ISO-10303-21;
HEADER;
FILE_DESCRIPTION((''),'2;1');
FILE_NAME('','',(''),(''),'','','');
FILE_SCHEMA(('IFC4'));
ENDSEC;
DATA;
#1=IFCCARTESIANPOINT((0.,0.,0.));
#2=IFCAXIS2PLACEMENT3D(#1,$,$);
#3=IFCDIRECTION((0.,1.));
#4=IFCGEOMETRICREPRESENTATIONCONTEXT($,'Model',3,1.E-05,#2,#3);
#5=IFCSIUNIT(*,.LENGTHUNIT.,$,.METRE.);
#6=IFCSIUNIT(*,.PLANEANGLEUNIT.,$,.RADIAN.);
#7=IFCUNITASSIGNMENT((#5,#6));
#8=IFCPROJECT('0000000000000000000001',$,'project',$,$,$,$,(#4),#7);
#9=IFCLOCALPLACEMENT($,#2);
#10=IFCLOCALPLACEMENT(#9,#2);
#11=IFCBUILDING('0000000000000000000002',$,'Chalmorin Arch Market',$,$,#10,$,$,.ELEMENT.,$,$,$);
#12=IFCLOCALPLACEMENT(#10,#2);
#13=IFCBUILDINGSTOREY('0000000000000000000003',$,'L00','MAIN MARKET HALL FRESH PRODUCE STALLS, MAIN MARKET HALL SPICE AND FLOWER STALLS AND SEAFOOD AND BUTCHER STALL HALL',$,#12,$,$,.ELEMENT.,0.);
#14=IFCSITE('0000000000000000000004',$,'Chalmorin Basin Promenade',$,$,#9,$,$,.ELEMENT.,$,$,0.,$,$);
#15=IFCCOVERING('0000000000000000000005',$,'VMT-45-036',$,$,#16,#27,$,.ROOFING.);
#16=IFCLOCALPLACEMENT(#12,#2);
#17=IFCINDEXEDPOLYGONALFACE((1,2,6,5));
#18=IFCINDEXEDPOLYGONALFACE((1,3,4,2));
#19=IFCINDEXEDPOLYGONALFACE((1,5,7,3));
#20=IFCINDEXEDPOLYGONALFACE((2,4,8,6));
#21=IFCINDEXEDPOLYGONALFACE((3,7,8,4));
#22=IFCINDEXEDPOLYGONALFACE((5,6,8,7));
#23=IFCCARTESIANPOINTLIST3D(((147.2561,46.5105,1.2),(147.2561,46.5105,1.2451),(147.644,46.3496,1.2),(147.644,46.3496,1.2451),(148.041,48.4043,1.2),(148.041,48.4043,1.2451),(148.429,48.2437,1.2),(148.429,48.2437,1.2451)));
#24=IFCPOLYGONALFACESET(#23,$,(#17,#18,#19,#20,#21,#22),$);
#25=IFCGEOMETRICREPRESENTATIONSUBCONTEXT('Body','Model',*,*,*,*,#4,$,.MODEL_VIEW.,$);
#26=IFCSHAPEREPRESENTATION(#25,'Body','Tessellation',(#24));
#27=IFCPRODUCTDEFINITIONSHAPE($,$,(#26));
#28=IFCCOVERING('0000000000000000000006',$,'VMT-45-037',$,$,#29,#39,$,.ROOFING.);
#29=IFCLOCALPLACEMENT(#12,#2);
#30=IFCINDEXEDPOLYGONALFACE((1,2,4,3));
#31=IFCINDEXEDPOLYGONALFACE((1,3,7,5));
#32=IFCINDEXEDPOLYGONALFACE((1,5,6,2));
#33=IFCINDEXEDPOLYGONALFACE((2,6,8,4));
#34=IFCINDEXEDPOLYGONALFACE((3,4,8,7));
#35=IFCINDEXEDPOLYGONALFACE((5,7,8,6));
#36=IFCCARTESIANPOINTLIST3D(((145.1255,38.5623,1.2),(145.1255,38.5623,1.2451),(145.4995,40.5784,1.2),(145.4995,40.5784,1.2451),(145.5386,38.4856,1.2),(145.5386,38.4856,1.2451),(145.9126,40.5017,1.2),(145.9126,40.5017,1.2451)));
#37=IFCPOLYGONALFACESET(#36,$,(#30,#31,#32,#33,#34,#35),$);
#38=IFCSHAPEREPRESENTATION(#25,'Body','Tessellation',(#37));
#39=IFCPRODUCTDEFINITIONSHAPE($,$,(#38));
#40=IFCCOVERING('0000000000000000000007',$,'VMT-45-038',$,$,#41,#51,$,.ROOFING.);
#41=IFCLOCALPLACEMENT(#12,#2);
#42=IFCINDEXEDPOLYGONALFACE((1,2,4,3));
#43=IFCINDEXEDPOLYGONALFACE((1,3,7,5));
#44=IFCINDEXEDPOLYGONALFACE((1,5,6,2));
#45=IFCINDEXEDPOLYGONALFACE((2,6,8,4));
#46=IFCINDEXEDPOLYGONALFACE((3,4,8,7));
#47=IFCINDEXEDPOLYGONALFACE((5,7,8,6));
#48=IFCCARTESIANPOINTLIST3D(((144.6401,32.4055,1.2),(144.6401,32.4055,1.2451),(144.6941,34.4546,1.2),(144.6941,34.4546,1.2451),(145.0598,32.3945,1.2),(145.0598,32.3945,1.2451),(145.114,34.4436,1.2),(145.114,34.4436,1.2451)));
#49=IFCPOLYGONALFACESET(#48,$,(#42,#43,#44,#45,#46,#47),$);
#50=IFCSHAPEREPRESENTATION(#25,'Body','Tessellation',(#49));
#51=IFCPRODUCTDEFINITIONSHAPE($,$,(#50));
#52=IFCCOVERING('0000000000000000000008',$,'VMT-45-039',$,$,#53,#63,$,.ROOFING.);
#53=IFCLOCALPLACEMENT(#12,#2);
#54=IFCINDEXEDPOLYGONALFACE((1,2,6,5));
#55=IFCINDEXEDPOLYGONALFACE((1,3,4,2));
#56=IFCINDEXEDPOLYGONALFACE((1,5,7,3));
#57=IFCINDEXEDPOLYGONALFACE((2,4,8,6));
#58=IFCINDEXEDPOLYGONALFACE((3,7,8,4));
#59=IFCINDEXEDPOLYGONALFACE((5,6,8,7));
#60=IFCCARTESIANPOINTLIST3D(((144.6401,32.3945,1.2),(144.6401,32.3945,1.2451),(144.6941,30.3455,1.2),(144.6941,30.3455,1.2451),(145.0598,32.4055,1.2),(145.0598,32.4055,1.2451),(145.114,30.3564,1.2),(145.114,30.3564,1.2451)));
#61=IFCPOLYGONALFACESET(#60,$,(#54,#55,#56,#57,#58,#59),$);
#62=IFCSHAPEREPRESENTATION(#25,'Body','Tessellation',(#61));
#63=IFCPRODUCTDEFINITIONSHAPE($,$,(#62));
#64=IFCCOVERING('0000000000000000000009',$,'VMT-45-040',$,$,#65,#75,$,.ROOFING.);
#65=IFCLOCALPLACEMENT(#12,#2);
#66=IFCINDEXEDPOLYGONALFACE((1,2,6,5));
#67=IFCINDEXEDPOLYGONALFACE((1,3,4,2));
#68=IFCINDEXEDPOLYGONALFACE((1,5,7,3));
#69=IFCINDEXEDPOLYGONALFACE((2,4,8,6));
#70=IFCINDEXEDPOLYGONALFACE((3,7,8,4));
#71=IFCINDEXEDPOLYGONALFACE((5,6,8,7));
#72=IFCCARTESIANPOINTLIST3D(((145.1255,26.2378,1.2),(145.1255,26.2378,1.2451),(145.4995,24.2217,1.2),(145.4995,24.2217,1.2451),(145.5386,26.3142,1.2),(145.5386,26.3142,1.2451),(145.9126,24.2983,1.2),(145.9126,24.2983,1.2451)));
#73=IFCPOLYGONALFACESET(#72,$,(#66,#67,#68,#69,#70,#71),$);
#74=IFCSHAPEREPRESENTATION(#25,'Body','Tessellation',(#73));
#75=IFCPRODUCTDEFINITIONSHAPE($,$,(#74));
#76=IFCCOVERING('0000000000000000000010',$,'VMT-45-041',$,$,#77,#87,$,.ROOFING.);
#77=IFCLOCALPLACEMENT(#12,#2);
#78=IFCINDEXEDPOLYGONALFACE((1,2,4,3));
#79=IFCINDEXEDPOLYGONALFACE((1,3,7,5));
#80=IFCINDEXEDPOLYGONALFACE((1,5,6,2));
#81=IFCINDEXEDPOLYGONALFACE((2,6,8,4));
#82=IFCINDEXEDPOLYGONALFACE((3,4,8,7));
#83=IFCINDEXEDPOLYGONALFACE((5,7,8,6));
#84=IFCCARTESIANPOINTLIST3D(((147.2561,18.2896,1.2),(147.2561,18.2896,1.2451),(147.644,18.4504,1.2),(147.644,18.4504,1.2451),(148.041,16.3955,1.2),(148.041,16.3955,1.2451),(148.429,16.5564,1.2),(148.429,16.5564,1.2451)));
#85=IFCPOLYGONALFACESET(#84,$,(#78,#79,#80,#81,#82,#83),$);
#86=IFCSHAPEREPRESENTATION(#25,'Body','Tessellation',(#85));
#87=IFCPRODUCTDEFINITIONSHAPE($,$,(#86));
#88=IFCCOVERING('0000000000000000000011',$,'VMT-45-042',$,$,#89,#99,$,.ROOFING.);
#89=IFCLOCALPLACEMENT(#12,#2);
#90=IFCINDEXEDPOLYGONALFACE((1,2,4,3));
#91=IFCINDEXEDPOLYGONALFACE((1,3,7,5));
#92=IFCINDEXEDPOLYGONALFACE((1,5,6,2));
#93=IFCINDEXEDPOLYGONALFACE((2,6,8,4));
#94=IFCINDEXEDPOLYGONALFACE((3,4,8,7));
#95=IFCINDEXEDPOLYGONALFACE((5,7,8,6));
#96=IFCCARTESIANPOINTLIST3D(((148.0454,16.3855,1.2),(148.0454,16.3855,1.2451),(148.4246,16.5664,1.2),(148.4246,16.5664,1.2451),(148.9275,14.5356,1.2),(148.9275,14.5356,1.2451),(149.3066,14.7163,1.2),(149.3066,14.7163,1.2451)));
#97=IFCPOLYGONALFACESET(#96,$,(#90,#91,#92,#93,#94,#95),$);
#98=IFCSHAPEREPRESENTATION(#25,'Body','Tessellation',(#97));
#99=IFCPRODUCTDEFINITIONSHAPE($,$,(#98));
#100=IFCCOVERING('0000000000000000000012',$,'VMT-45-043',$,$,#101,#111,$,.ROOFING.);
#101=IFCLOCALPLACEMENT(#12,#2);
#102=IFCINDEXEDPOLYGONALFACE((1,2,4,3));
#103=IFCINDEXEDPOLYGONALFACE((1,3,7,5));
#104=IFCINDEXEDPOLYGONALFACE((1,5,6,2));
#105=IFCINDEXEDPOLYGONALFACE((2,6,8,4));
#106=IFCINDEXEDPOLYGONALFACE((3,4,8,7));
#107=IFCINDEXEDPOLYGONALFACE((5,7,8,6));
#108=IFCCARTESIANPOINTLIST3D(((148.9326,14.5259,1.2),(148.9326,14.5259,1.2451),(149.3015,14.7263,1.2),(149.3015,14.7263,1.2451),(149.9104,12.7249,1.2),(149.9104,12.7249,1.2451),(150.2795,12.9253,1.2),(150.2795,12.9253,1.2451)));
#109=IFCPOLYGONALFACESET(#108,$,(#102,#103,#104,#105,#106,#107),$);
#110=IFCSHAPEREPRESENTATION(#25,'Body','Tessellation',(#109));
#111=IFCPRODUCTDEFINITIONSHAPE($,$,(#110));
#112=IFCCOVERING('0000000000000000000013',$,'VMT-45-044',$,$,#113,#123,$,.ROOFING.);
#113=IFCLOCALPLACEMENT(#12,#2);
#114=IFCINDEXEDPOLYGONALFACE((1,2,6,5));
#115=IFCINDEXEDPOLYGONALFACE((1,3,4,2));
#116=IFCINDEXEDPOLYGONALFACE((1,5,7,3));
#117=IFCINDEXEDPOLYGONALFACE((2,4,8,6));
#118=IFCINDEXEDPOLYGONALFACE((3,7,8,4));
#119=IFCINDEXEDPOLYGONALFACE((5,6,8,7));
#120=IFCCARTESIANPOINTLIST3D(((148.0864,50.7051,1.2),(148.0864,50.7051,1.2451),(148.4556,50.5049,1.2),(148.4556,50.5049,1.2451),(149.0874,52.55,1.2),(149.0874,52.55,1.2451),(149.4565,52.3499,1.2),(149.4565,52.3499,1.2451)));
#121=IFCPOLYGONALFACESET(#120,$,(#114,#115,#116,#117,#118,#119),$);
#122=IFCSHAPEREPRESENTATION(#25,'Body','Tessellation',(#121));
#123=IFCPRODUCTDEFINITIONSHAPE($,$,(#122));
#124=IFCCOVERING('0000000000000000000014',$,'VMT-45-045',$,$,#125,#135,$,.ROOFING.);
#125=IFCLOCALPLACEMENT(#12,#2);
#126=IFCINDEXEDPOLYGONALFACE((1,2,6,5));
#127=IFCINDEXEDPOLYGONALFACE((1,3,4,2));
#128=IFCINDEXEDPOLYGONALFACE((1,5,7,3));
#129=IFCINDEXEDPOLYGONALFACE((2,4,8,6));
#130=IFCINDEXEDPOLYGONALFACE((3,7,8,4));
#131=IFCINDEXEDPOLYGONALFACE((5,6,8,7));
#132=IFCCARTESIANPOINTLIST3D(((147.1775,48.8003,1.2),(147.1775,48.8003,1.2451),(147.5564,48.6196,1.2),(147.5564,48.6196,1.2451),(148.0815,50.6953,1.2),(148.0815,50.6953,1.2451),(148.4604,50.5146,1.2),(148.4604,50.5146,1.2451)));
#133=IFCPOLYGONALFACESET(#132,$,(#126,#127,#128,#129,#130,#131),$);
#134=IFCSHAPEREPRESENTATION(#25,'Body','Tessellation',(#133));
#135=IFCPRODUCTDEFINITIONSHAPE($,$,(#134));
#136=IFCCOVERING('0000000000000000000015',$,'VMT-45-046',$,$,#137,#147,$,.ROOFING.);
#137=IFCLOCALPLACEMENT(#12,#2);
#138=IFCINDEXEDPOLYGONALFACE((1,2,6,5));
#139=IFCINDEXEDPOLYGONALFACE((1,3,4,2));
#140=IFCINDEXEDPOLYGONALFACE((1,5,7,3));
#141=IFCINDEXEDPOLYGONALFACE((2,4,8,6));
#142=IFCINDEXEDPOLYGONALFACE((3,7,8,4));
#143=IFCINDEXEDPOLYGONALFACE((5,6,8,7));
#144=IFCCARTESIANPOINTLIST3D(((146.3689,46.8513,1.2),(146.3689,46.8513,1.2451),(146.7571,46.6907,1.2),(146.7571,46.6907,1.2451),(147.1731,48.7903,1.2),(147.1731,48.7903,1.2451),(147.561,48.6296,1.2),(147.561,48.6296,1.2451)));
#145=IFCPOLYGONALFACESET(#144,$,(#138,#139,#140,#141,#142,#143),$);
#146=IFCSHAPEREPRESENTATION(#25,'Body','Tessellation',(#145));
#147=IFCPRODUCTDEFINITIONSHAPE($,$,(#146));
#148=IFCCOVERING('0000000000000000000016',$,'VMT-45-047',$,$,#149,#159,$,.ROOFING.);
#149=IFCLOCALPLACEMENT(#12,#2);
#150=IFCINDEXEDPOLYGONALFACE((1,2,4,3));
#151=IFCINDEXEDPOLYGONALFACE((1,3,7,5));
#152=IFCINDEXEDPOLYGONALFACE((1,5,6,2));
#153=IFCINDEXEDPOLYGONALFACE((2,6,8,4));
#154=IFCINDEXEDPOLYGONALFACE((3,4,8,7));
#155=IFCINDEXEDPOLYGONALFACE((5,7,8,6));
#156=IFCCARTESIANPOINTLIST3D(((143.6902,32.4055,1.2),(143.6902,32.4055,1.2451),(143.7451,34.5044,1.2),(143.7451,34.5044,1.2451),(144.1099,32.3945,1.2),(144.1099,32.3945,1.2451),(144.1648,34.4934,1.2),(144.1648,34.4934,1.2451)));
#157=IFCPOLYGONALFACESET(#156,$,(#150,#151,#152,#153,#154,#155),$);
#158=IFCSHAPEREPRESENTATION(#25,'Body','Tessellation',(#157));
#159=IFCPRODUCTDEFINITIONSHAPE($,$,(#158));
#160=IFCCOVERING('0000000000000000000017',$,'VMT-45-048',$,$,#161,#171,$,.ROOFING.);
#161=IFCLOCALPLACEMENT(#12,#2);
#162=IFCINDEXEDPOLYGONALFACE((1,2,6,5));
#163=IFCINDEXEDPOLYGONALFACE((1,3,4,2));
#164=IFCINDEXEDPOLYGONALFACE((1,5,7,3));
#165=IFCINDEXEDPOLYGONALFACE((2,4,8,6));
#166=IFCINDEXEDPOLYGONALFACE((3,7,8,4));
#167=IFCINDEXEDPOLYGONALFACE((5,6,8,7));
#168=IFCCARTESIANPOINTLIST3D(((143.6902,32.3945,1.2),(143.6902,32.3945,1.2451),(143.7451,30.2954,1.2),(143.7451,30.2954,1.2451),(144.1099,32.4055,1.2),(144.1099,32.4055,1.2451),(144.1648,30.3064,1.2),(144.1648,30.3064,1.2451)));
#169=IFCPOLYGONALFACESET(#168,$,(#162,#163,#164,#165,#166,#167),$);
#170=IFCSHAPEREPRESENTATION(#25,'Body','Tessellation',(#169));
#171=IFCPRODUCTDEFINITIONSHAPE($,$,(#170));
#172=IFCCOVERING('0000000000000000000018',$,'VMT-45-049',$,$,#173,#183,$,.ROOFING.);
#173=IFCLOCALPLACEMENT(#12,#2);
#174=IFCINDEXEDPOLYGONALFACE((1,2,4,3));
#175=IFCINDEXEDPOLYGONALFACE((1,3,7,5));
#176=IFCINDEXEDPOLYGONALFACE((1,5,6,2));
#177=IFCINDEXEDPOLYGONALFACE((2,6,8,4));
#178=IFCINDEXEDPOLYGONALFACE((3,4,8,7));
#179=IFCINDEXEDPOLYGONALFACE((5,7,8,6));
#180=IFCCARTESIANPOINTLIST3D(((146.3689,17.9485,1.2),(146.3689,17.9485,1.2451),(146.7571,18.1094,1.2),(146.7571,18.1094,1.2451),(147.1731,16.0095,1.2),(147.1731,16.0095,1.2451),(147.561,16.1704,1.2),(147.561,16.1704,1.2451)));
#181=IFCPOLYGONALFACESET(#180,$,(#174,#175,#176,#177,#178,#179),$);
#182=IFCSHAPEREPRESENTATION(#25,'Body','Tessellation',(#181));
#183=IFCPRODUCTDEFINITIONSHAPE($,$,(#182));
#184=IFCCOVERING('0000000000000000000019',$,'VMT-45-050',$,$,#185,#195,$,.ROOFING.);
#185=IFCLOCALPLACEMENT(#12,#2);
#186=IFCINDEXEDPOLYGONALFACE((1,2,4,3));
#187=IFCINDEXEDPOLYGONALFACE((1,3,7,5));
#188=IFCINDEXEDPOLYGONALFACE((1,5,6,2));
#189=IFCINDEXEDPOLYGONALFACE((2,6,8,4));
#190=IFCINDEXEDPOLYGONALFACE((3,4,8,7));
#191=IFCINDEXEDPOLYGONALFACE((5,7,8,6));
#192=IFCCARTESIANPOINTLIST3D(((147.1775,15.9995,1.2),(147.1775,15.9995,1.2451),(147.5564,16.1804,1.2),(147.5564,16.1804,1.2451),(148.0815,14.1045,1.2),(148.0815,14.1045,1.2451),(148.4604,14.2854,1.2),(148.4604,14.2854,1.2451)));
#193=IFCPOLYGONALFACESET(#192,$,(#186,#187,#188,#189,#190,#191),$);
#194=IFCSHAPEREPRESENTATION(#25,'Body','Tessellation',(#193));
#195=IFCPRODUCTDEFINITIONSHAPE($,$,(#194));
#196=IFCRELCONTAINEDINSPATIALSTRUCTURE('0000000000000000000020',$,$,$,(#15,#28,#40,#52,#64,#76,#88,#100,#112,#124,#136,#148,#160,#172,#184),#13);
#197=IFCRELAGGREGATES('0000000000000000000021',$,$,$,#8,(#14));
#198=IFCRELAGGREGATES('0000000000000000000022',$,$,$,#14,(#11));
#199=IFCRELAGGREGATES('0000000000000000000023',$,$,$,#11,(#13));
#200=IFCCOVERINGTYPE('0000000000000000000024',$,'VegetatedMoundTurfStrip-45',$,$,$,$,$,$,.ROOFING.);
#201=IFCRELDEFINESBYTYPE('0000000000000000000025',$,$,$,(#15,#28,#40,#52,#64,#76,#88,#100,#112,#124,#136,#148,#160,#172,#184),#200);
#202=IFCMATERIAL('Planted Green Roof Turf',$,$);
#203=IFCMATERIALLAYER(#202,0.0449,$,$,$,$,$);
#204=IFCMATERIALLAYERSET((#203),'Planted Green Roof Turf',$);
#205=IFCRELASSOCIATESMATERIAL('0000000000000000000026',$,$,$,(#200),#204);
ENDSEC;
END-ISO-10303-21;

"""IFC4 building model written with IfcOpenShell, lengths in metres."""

from ifc_helpers import new_model, si_unit, direction, frame, origin, place, context, subcontext, project, spatial, polyline, outline, extrude, material, layer, layer_set, type_object, element, save


model = new_model("IFC4")

# Units and contexts
model_context = context("Model", 3, precision=1e-05, world=origin(), true_north=direction((0.0, 1.0)))
body_context = subcontext(model_context, "Body", "Model", "MODEL_VIEW")
ifc_project = project(units=[si_unit("LENGTHUNIT", "METRE"), si_unit("PLANEANGLEUNIT", "RADIAN")], contexts=[model_context])

# Site, building, storey
site_placement = place(None, origin())
site = spatial("IfcSite", under=ifc_project, at=site_placement, Name="Chalmorin Basin Promenade", CompositionType="ELEMENT", RefElevation=0.0)
building_placement = place(site_placement, origin())
building = spatial("IfcBuilding", under=site, at=building_placement, Name="Chalmorin Arch Market", CompositionType="ELEMENT")
storey_placement = place(building_placement, origin())
storey = spatial("IfcBuildingStorey", under=building, at=storey_placement, Name="L00", Description="MAIN MARKET HALL FRESH PRODUCE STALLS, MAIN MARKET HALL SPICE AND FLOWER STALLS AND SEAFOOD AND BUTCHER STALL HALL", CompositionType="ELEMENT", Elevation=0.0)

# Coverings
ifc_material_1 = material(Name="Planted Green Roof Turf")
ifc_layer_1 = layer(ifc_material_1, 0.0449)
ifc_layer_set_1 = layer_set([ifc_layer_1], Name="Planted Green Roof Turf")
covering_type_1 = type_object("IfcCoveringType", Name="VegetatedMoundTurfStrip-45", PredefinedType="ROOFING", material=ifc_layer_set_1)
covering_1_placement = place(storey_placement, frame((0.0, 0.0, 1.2)))
element("IfcCovering", 1, at=covering_1_placement, inside=storey, type_object=covering_type_1, Name="VMT-45-036", PredefinedType="ROOFING", context=body_context, shape_type="SweptSolid", body=[
    extrude(outline(polyline([(148.041, 48.4043), (147.2561, 46.5105), (147.644, 46.3496), (148.429, 48.2437), (148.041, 48.4043)])), origin(), (0.0, 0.0, 1.0), 0.0452),
])
covering_2_placement = place(storey_placement, frame((0.0, 0.0, 1.2)))
element("IfcCovering", 2, at=covering_2_placement, inside=storey, type_object=covering_type_1, Name="VMT-45-037", PredefinedType="ROOFING", context=body_context, shape_type="SweptSolid", body=[
    extrude(outline(polyline([(145.4995, 40.5784), (145.1255, 38.5623), (145.5386, 38.4856), (145.9126, 40.5017), (145.4995, 40.5784)])), origin(), (0.0, 0.0, 1.0), 0.0452),
])
covering_3_placement = place(storey_placement, frame((0.0, 0.0, 1.2)))
element("IfcCovering", 3, at=covering_3_placement, inside=storey, type_object=covering_type_1, Name="VMT-45-038", PredefinedType="ROOFING", context=body_context, shape_type="SweptSolid", body=[
    extrude(outline(polyline([(144.6941, 34.4546), (144.6401, 32.4055), (145.0598, 32.3945), (145.114, 34.4436), (144.6941, 34.4546)])), origin(), (0.0, 0.0, 1.0), 0.0452),
])
covering_4_placement = place(storey_placement, frame((0.0, 0.0, 1.2)))
element("IfcCovering", 4, at=covering_4_placement, inside=storey, type_object=covering_type_1, Name="VMT-45-039", PredefinedType="ROOFING", context=body_context, shape_type="SweptSolid", body=[
    extrude(outline(polyline([(144.6401, 32.3945), (144.6941, 30.3455), (145.114, 30.3564), (145.0598, 32.4055), (144.6401, 32.3945)])), origin(), (0.0, 0.0, 1.0), 0.0452),
])
covering_5_placement = place(storey_placement, frame((0.0, 0.0, 1.2)))
element("IfcCovering", 5, at=covering_5_placement, inside=storey, type_object=covering_type_1, Name="VMT-45-040", PredefinedType="ROOFING", context=body_context, shape_type="SweptSolid", body=[
    extrude(outline(polyline([(145.1255, 26.2378), (145.4995, 24.2217), (145.9126, 24.2983), (145.5386, 26.3142), (145.1255, 26.2378)])), origin(), (0.0, 0.0, 1.0), 0.0452),
])
covering_6_placement = place(storey_placement, frame((0.0, 0.0, 1.2)))
element("IfcCovering", 6, at=covering_6_placement, inside=storey, type_object=covering_type_1, Name="VMT-45-041", PredefinedType="ROOFING", context=body_context, shape_type="SweptSolid", body=[
    extrude(outline(polyline([(147.2561, 18.2896), (148.041, 16.3955), (148.429, 16.5564), (147.644, 18.4504), (147.2561, 18.2896)])), origin(), (0.0, 0.0, 1.0), 0.0452),
])
covering_7_placement = place(storey_placement, frame((0.0, 0.0, 1.2)))
element("IfcCovering", 7, at=covering_7_placement, inside=storey, type_object=covering_type_1, Name="VMT-45-042", PredefinedType="ROOFING", context=body_context, shape_type="SweptSolid", body=[
    extrude(outline(polyline([(148.0454, 16.3855), (148.9275, 14.5356), (149.3066, 14.7163), (148.4246, 16.5664), (148.0454, 16.3855)])), origin(), (0.0, 0.0, 1.0), 0.0452),
])
covering_8_placement = place(storey_placement, frame((0.0, 0.0, 1.2)))
element("IfcCovering", 8, at=covering_8_placement, inside=storey, type_object=covering_type_1, Name="VMT-45-043", PredefinedType="ROOFING", context=body_context, shape_type="SweptSolid", body=[
    extrude(outline(polyline([(148.9326, 14.5259), (149.9104, 12.7249), (150.2795, 12.9253), (149.3015, 14.7263), (148.9326, 14.5259)])), origin(), (0.0, 0.0, 1.0), 0.0452),
])
covering_9_placement = place(storey_placement, frame((0.0, 0.0, 1.2)))
element("IfcCovering", 9, at=covering_9_placement, inside=storey, type_object=covering_type_1, Name="VMT-45-044", PredefinedType="ROOFING", context=body_context, shape_type="SweptSolid", body=[
    extrude(outline(polyline([(149.0874, 52.55), (148.0864, 50.7051), (148.4556, 50.5049), (149.4565, 52.3499), (149.0874, 52.55)])), origin(), (0.0, 0.0, 1.0), 0.0452),
])
covering_10_placement = place(storey_placement, frame((0.0, 0.0, 1.2)))
element("IfcCovering", 10, at=covering_10_placement, inside=storey, type_object=covering_type_1, Name="VMT-45-045", PredefinedType="ROOFING", context=body_context, shape_type="SweptSolid", body=[
    extrude(outline(polyline([(148.0815, 50.6953), (147.1775, 48.8003), (147.5564, 48.6196), (148.4604, 50.5146), (148.0815, 50.6953)])), origin(), (0.0, 0.0, 1.0), 0.0452),
])
covering_11_placement = place(storey_placement, frame((0.0, 0.0, 1.2)))
element("IfcCovering", 11, at=covering_11_placement, inside=storey, type_object=covering_type_1, Name="VMT-45-046", PredefinedType="ROOFING", context=body_context, shape_type="SweptSolid", body=[
    extrude(outline(polyline([(147.1731, 48.7903), (146.3689, 46.8513), (146.7571, 46.6907), (147.561, 48.6296), (147.1731, 48.7903)])), origin(), (0.0, 0.0, 1.0), 0.0452),
])
covering_12_placement = place(storey_placement, frame((0.0, 0.0, 1.2)))
element("IfcCovering", 12, at=covering_12_placement, inside=storey, type_object=covering_type_1, Name="VMT-45-047", PredefinedType="ROOFING", context=body_context, shape_type="SweptSolid", body=[
    extrude(outline(polyline([(143.7451, 34.5044), (143.6902, 32.4055), (144.1099, 32.3945), (144.1648, 34.4934), (143.7451, 34.5044)])), origin(), (0.0, 0.0, 1.0), 0.0452),
])
covering_13_placement = place(storey_placement, frame((0.0, 0.0, 1.2)))
element("IfcCovering", 13, at=covering_13_placement, inside=storey, type_object=covering_type_1, Name="VMT-45-048", PredefinedType="ROOFING", context=body_context, shape_type="SweptSolid", body=[
    extrude(outline(polyline([(143.6902, 32.3945), (143.7451, 30.2954), (144.1648, 30.3064), (144.1099, 32.4055), (143.6902, 32.3945)])), origin(), (0.0, 0.0, 1.0), 0.0452),
])
covering_14_placement = place(storey_placement, frame((0.0, 0.0, 1.2)))
element("IfcCovering", 14, at=covering_14_placement, inside=storey, type_object=covering_type_1, Name="VMT-45-049", PredefinedType="ROOFING", context=body_context, shape_type="SweptSolid", body=[
    extrude(outline(polyline([(146.3689, 17.9485), (147.1731, 16.0095), (147.561, 16.1704), (146.7571, 18.1094), (146.3689, 17.9485)])), origin(), (0.0, 0.0, 1.0), 0.0452),
])
covering_15_placement = place(storey_placement, frame((0.0, 0.0, 1.2)))
element("IfcCovering", 15, at=covering_15_placement, inside=storey, type_object=covering_type_1, Name="VMT-45-050", PredefinedType="ROOFING", context=body_context, shape_type="SweptSolid", body=[
    extrude(outline(polyline([(147.1775, 15.9995), (148.0815, 14.1045), (148.4604, 14.2854), (147.5564, 16.1804), (147.1775, 15.9995)])), origin(), (0.0, 0.0, 1.0), 0.0452),
])

save(model, "model.ifc")
